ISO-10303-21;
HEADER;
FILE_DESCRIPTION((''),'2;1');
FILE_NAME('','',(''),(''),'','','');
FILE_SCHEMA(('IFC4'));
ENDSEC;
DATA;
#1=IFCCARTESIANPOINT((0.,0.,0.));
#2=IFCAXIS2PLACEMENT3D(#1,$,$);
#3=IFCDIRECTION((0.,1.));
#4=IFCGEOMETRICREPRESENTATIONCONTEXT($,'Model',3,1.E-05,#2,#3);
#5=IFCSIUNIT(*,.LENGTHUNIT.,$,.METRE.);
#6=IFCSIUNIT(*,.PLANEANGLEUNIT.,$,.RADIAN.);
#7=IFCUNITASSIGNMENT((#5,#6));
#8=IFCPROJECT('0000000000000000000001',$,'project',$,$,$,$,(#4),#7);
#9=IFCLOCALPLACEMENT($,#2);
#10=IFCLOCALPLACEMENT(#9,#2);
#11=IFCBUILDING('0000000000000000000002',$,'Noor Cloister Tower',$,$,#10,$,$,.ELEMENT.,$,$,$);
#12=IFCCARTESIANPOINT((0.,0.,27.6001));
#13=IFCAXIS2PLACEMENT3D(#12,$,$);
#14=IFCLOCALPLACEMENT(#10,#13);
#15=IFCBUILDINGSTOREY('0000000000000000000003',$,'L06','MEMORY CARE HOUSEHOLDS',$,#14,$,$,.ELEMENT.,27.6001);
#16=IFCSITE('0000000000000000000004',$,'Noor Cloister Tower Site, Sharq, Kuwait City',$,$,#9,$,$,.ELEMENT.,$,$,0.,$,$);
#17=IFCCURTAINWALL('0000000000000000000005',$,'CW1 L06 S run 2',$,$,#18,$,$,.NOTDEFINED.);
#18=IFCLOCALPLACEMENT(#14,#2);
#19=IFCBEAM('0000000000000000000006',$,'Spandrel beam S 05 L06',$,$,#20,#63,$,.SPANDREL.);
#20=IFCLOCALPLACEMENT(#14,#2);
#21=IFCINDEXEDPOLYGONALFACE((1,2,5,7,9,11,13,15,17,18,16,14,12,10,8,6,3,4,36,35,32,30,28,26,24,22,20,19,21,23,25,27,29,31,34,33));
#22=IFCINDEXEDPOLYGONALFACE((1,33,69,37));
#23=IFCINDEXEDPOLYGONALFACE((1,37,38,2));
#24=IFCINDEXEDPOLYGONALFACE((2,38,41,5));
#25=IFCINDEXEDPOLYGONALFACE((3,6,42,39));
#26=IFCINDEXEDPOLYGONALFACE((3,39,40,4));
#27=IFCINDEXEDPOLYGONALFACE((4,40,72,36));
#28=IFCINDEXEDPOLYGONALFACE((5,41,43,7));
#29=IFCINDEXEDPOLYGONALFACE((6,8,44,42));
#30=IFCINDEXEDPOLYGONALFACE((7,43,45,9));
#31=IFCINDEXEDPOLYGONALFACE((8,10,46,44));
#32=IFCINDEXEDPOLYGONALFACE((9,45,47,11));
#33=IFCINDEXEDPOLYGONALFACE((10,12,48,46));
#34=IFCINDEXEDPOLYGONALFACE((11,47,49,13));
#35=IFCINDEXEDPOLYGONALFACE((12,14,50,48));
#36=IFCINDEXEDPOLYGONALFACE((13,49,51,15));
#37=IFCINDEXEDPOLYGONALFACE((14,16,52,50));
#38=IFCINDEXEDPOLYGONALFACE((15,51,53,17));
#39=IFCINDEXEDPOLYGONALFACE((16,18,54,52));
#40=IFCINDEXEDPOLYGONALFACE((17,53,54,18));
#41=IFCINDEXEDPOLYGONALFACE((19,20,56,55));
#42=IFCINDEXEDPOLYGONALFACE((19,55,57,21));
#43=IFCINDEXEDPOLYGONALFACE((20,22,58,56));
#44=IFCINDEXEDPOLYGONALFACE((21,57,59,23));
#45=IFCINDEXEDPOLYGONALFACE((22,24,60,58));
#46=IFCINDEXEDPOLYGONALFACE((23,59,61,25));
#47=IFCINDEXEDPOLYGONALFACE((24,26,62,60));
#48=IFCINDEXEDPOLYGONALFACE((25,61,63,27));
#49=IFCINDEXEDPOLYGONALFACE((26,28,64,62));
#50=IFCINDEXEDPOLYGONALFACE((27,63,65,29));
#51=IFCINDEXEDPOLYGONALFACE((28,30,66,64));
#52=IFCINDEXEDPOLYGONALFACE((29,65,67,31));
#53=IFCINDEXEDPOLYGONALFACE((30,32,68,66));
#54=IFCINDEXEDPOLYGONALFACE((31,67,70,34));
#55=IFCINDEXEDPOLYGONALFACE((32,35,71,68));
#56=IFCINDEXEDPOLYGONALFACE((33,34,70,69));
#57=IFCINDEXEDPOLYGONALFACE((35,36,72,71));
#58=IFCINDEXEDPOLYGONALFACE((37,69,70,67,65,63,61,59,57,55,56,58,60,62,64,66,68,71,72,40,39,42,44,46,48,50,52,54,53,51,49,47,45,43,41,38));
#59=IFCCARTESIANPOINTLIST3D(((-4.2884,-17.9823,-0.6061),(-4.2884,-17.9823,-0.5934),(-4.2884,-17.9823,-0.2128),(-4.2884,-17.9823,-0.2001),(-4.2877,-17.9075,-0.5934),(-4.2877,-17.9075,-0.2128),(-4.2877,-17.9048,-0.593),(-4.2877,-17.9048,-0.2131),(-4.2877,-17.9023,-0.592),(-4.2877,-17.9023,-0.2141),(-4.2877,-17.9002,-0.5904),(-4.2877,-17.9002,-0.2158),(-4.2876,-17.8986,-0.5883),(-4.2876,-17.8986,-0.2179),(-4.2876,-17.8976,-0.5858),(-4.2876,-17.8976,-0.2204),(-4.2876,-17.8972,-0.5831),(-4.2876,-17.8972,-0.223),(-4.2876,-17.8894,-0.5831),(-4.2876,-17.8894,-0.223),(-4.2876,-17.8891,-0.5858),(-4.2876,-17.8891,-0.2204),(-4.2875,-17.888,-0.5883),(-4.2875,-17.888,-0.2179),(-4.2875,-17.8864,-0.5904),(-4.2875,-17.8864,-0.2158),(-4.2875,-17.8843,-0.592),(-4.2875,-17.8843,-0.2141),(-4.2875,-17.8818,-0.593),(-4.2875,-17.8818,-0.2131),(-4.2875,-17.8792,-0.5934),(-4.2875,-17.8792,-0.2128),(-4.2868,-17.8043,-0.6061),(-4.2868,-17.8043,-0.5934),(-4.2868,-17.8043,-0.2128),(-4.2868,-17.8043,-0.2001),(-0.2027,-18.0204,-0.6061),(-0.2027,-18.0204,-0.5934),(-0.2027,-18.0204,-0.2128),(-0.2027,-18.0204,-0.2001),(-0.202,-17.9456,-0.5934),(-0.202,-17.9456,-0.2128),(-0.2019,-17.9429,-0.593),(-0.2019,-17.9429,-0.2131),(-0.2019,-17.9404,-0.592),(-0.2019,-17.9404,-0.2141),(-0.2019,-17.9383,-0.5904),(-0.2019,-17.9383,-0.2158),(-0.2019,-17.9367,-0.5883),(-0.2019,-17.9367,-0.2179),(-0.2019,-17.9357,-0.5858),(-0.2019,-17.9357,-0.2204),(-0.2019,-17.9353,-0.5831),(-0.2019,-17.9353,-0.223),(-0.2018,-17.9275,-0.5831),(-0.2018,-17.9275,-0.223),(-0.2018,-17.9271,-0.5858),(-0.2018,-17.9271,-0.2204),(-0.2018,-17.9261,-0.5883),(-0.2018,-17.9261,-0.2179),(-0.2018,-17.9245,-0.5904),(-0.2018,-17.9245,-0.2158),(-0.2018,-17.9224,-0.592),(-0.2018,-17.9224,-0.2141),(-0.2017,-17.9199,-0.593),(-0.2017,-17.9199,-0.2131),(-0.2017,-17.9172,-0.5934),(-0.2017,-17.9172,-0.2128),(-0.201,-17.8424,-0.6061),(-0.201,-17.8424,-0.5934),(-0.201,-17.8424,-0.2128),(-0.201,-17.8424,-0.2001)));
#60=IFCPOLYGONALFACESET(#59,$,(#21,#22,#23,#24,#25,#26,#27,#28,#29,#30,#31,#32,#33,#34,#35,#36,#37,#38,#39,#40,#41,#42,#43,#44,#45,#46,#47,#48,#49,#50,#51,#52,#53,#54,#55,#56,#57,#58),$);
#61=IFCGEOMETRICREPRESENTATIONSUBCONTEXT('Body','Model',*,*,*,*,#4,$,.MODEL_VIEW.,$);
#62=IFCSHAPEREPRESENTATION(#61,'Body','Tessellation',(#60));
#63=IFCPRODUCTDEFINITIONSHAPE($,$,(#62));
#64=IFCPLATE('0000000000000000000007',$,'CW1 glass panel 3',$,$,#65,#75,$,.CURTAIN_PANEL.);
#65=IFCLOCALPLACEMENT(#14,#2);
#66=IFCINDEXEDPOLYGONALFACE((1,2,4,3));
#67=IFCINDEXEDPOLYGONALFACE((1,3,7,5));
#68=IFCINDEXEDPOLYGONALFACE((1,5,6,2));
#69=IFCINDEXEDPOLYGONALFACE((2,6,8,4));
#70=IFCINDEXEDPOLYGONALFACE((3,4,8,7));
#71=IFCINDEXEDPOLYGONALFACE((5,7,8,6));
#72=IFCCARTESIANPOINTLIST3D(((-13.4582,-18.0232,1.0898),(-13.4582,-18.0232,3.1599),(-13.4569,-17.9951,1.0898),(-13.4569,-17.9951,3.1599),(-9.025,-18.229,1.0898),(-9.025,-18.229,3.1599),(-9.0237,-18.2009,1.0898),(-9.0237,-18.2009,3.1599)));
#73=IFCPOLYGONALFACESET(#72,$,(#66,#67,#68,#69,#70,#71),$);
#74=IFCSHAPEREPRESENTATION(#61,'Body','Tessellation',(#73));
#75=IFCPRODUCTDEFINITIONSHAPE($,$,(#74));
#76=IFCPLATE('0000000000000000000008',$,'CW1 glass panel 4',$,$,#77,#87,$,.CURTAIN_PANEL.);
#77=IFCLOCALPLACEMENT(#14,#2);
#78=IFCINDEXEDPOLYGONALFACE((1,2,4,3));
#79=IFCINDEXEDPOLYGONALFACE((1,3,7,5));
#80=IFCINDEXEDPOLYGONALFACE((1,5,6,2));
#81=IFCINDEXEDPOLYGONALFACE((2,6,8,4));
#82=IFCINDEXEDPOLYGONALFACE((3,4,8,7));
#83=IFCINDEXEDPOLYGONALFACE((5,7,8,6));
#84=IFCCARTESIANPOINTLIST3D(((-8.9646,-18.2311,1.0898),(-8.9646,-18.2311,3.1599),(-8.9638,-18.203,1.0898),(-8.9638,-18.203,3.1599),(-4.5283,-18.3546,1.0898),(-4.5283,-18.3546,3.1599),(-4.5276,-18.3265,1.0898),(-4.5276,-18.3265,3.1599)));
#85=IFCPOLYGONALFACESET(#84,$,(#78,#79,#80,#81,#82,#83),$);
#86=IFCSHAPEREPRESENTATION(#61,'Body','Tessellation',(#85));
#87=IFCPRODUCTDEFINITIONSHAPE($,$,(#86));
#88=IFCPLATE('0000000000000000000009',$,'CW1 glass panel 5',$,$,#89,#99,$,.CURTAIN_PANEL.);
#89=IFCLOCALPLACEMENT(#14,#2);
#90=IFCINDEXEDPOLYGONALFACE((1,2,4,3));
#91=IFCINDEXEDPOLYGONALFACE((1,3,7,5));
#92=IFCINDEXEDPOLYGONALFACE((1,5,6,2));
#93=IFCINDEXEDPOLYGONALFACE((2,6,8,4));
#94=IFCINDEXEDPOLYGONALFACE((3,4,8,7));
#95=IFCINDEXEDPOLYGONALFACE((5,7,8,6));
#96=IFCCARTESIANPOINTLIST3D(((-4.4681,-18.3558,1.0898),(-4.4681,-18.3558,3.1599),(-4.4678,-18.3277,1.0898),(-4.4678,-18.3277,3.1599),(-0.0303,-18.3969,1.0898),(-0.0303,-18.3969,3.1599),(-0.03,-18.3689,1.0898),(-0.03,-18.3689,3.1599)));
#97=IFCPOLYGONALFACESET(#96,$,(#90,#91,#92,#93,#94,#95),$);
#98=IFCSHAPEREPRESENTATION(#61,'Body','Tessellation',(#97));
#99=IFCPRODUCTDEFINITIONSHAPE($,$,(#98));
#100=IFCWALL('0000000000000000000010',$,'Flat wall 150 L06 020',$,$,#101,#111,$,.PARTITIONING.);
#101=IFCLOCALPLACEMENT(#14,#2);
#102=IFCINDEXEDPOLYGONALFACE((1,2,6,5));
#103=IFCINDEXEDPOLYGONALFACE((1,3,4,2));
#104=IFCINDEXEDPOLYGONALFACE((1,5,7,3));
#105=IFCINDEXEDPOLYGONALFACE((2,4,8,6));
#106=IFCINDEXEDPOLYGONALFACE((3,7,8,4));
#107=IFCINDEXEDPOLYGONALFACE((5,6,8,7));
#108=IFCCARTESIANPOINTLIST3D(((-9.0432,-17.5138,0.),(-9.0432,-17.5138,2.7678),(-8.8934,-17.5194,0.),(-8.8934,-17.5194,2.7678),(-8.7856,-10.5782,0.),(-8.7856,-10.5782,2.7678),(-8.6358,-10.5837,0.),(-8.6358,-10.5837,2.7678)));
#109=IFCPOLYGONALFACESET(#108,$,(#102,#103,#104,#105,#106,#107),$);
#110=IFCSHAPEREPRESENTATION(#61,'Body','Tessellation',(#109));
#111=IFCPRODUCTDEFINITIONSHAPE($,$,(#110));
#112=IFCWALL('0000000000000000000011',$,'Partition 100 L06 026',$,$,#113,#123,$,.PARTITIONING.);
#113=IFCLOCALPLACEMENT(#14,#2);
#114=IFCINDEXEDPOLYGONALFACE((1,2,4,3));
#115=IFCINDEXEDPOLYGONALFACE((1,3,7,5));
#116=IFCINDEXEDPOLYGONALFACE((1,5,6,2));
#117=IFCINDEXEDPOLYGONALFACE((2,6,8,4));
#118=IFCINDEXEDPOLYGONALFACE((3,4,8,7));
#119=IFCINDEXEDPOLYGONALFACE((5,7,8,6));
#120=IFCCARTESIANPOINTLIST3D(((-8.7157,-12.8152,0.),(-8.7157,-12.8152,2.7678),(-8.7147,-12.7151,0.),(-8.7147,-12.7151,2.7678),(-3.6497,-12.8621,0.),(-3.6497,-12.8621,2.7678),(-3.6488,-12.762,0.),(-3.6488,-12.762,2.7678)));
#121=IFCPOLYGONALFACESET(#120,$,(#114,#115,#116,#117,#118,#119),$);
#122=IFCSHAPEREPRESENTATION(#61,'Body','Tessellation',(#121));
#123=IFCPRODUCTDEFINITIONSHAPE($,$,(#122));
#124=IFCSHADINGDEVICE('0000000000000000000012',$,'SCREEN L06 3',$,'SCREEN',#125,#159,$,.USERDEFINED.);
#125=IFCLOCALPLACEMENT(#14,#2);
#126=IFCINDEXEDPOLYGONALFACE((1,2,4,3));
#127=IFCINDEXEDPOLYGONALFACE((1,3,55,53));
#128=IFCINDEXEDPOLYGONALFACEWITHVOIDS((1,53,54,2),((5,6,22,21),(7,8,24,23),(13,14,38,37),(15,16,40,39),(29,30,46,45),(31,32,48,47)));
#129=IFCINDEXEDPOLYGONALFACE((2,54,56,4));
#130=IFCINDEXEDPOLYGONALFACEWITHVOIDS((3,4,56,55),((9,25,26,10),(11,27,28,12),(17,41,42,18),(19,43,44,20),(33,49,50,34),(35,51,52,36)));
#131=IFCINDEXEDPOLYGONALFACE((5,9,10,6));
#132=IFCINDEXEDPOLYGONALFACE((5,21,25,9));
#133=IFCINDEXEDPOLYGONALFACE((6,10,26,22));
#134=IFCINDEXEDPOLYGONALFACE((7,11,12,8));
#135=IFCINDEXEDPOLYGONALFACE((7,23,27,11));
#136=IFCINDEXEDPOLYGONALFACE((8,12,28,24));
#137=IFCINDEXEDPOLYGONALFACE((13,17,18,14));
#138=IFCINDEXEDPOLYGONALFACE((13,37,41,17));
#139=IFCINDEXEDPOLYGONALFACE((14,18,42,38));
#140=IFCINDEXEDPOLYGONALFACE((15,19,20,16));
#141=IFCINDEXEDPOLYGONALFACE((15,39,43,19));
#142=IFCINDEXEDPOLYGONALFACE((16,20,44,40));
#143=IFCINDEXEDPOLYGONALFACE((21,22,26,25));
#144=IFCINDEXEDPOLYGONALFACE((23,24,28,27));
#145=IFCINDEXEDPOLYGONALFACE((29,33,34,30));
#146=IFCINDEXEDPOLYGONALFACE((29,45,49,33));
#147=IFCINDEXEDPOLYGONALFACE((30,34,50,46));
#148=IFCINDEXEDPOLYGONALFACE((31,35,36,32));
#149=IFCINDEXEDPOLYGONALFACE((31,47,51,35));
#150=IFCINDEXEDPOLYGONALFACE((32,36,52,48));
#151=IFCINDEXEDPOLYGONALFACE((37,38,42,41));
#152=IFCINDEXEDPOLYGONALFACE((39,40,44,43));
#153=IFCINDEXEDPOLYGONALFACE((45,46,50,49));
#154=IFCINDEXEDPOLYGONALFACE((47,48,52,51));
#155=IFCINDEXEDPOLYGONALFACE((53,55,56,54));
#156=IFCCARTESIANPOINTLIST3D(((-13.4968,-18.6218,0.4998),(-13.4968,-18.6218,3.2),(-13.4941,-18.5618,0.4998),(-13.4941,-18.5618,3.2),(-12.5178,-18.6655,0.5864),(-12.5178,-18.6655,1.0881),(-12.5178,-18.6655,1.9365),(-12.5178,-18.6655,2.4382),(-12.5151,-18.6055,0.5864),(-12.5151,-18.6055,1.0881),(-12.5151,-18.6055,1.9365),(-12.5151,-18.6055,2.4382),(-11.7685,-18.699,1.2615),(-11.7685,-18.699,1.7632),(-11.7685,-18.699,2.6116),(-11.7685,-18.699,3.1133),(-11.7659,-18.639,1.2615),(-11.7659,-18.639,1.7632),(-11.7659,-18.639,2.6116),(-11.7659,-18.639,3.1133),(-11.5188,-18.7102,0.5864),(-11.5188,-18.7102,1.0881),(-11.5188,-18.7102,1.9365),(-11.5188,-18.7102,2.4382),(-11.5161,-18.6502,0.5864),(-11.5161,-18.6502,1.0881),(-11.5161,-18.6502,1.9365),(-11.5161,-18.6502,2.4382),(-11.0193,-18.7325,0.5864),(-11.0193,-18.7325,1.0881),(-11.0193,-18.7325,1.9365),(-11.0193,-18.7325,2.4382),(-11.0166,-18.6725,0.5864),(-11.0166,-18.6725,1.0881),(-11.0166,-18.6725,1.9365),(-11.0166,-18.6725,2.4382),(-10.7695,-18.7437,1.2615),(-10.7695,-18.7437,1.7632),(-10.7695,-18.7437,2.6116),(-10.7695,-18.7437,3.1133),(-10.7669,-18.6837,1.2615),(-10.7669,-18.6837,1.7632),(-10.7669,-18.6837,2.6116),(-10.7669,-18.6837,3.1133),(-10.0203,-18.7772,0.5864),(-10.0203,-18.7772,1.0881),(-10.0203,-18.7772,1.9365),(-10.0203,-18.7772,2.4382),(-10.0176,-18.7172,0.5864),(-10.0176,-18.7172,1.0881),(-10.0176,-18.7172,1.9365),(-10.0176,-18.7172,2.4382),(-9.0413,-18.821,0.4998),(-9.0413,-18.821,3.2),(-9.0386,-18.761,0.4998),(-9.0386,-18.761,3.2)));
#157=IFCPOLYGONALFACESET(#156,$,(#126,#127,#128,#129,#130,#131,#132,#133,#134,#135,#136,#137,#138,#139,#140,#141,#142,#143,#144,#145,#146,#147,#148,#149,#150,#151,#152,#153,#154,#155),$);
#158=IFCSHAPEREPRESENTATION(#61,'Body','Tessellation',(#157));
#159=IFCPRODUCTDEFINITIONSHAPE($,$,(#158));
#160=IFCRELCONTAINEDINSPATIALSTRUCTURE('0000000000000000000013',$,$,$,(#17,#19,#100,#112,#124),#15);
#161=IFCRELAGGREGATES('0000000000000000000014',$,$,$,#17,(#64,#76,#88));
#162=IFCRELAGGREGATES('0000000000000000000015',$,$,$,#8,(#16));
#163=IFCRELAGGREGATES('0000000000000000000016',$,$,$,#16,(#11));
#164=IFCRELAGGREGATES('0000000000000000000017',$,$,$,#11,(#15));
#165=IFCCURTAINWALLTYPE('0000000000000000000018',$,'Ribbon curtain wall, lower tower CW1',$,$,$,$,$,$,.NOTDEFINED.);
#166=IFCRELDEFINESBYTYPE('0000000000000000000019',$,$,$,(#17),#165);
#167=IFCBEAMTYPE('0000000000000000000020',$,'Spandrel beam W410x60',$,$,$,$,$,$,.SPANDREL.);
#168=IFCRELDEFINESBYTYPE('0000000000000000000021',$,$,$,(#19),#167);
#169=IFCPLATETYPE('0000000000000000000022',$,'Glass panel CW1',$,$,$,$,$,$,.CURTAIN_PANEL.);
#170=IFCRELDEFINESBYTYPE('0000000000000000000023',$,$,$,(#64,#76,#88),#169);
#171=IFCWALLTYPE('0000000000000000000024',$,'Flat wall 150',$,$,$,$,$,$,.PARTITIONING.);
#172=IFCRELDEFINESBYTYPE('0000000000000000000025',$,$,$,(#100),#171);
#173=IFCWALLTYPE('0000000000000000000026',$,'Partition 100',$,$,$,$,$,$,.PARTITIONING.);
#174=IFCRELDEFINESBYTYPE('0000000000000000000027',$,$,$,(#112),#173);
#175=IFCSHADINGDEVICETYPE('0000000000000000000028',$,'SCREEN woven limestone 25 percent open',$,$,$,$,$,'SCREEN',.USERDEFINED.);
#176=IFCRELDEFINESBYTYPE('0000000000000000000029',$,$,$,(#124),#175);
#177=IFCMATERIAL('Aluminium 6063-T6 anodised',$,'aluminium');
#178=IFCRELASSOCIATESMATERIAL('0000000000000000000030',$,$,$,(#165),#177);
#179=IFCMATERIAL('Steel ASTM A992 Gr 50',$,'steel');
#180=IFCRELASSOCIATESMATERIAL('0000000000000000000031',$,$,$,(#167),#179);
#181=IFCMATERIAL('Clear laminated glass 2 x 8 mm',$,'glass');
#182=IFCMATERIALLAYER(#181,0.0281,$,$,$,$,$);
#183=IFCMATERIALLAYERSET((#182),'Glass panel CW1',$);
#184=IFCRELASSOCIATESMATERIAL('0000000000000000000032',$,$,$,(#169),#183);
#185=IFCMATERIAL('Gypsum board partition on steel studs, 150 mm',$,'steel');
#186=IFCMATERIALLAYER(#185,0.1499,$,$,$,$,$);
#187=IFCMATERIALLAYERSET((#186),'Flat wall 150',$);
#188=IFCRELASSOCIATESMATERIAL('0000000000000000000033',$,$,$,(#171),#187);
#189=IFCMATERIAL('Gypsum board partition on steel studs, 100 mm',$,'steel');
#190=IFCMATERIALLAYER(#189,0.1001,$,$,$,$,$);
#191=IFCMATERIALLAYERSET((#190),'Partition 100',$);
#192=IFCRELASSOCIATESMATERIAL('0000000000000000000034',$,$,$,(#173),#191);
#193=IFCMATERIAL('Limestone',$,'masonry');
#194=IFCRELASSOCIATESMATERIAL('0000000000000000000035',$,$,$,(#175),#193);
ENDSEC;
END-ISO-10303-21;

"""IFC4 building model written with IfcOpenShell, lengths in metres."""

from ifc_helpers import new_model, si_unit, direction, frame, frame_2d, origin, origin_2d, place, context, subcontext, project, spatial, polyline, rectangle, i_section, outline, extrude, material, layer, layer_set, material_profile, profile_set, type_object, element, aggregate, save


model = new_model("IFC4")

# Units and contexts
model_context = context("Model", 3, precision=1e-05, world=origin(), true_north=direction((0.0, 1.0)))
body_context = subcontext(model_context, "Body", "Model", "MODEL_VIEW")
ifc_project = project(units=[si_unit("LENGTHUNIT", "METRE"), si_unit("PLANEANGLEUNIT", "RADIAN")], contexts=[model_context])

# Site, building, storey
site_placement = place(None, origin())
site = spatial("IfcSite", under=ifc_project, at=site_placement, Name="Noor Cloister Tower Site, Sharq, Kuwait City", CompositionType="ELEMENT", RefElevation=0.0)
building_placement = place(site_placement, origin())
building = spatial("IfcBuilding", under=site, at=building_placement, Name="Noor Cloister Tower", CompositionType="ELEMENT")
storey_placement = place(building_placement, frame((0.0, 0.0, 27.6001)))
storey = spatial("IfcBuildingStorey", under=building, at=storey_placement, Name="L06", Description="MEMORY CARE HOUSEHOLDS", CompositionType="ELEMENT", Elevation=27.6001)

# Curtain wall
ifc_material_1 = material(Name="Aluminium 6063-T6 anodised", Category="aluminium")
curtain_wall_type = type_object("IfcCurtainWallType", Name="Ribbon curtain wall, lower tower CW1", PredefinedType="NOTDEFINED", material=ifc_material_1)
curtain_wall_placement = place(storey_placement, origin())
curtain_wall = element("IfcCurtainWall", 1, at=curtain_wall_placement, inside=storey, type_object=curtain_wall_type, Name="CW1 L06 S run 2", PredefinedType="NOTDEFINED")

# Beam
ifc_material_2 = material(Name="Steel ASTM A992 Gr 50", Category="steel")
ifc_material_profile_1 = material_profile(ifc_material_2, i_section(OverallWidth=0.178, OverallDepth=0.406, WebThickness=0.0078, FlangeThickness=0.0127, FilletRadius=0.0103, at=origin_2d()), Name="W410x60")
ifc_profile_set_1 = profile_set([ifc_material_profile_1], Name="Steel ASTM A992 Gr 50")
beam_type_1 = type_object("IfcBeamType", Name="Spandrel beam W410x60", PredefinedType="SPANDREL", material=ifc_profile_set_1)
beam_1_placement = place(storey_placement, frame((-4.2876, -17.8933, -0.4031), z_axis=(0.999957, -0.009321, 0.0), x_axis=(0.009321, 0.999957, 0.0)))
element("IfcBeam", 2, at=beam_1_placement, inside=storey, type_object=beam_type_1, Name="Spandrel beam S 05 L06", PredefinedType="SPANDREL", context=body_context, shape_type="SweptSolid", body=[
    extrude(i_section(OverallWidth=0.178, OverallDepth=0.406, WebThickness=0.0078, FlangeThickness=0.0127, FilletRadius=0.0103, at=origin_2d()), origin(), (0.0, 0.0, 1.0), 4.0859),
])

# Plates
ifc_material_3 = material(Name="Clear laminated glass 2 x 8 mm", Category="glass")
ifc_layer_1 = layer(ifc_material_3, 0.0281)
ifc_layer_set_1 = layer_set([ifc_layer_1], Name="Glass panel CW1")
plate_type = type_object("IfcPlateType", Name="Glass panel CW1", PredefinedType="CURTAIN_PANEL", material=ifc_layer_set_1)
plate_1_placement = place(storey_placement, frame((-11.241, -18.1121, 1.0898), z_axis=(0.0, 0.0, 1.0), x_axis=(0.998924, -0.046368, 0.0)))
plate_1 = element("IfcPlate", 3, at=plate_1_placement, type_object=plate_type, Name="CW1 glass panel 3", PredefinedType="CURTAIN_PANEL", context=body_context, shape_type="SweptSolid", body=[
    extrude(rectangle(XDim=4.438, YDim=0.0281, at=origin_2d()), origin(), (0.0, 0.0, 1.0), 2.0701),
])
plate_2_placement = place(storey_placement, frame((-6.7461, -18.2788, 1.0898), z_axis=(0.0, 0.0, 1.0), x_axis=(0.999613, -0.027827, 0.0)))
plate_2 = element("IfcPlate", 4, at=plate_2_placement, type_object=plate_type, Name="CW1 glass panel 4", PredefinedType="CURTAIN_PANEL", context=body_context, shape_type="SweptSolid", body=[
    extrude(rectangle(XDim=4.438, YDim=0.0281, at=origin_2d()), origin(), (0.0, 0.0, 1.0), 2.0701),
])
plate_3_placement = place(storey_placement, frame((-2.249, -18.3623, 1.0898), z_axis=(0.0, 0.0, 1.0), x_axis=(0.999957, -0.009277, 0.0)))
plate_3 = element("IfcPlate", 5, at=plate_3_placement, type_object=plate_type, Name="CW1 glass panel 5", PredefinedType="CURTAIN_PANEL", context=body_context, shape_type="SweptSolid", body=[
    extrude(rectangle(XDim=4.438, YDim=0.0281, at=origin_2d()), origin(), (0.0, 0.0, 1.0), 2.0701),
])
aggregate(curtain_wall, [plate_1, plate_2, plate_3])

# Walls
ifc_material_4 = material(Name="Gypsum board partition on steel studs, 150 mm", Category="steel")
ifc_layer_2 = layer(ifc_material_4, 0.1499)
ifc_layer_set_2 = layer_set([ifc_layer_2], Name="Flat wall 150")
wall_type_1 = type_object("IfcWallType", Name="Flat wall 150", PredefinedType="PARTITIONING", material=ifc_layer_set_2)
wall_1_placement = place(storey_placement, frame((-8.9683, -17.5166, 0.0), z_axis=(0.0, 0.0, 1.0), x_axis=(0.037112, 0.999311, 0.0)))
element("IfcWall", 6, at=wall_1_placement, inside=storey, type_object=wall_type_1, Name="Flat wall 150 L06 020", PredefinedType="PARTITIONING", context=body_context, shape_type="SweptSolid", body=[
    extrude(rectangle(XDim=6.9404, YDim=0.1499, at=frame_2d((3.4702, 0.0))), origin(), (0.0, 0.0, 1.0), 2.7678),
])
ifc_material_5 = material(Name="Gypsum board partition on steel studs, 100 mm", Category="steel")
ifc_layer_3 = layer(ifc_material_5, 0.1001)
ifc_layer_set_3 = layer_set([ifc_layer_3], Name="Partition 100")
wall_type_2 = type_object("IfcWallType", Name="Partition 100", PredefinedType="PARTITIONING", material=ifc_layer_set_3)
wall_2_placement = place(storey_placement, frame((-8.7153, -12.7651, 0.0), z_axis=(0.0, 0.0, 1.0), x_axis=(0.999957, -0.009253, 0.0)))
element("IfcWall", 7, at=wall_2_placement, inside=storey, type_object=wall_type_2, Name="Partition 100 L06 026", PredefinedType="PARTITIONING", context=body_context, shape_type="SweptSolid", body=[
    extrude(rectangle(XDim=5.0662, YDim=0.1001, at=frame_2d((2.5332, 0.0))), origin(), (0.0, 0.0, 1.0), 2.7678),
])

# Shading device
ifc_material_6 = material(Name="Limestone", Category="masonry")
ifc_material_profile_2 = material_profile(ifc_material_6, outline(polyline([(-2.23, -1.3501), (2.23, -1.3501), (2.23, 1.3501), (-2.23, 1.3501), (-2.23, -1.3501)]), holes=[polyline([(-1.25, -1.2634), (-0.25, -1.2634), (-0.25, -0.7617), (-1.25, -0.7617), (-1.25, -1.2634)]), polyline([(0.25, -1.2634), (1.25, -1.2634), (1.25, -0.7617), (0.25, -0.7617), (0.25, -1.2634)]), polyline([(-0.5, -0.5884), (0.5, -0.5884), (0.5, -0.0867), (-0.5, -0.0867), (-0.5, -0.5884)]), polyline([(-1.25, 0.0867), (-0.25, 0.0867), (-0.25, 0.5884), (-1.25, 0.5884), (-1.25, 0.0867)]), polyline([(0.25, 0.0867), (1.25, 0.0867), (1.25, 0.5884), (0.25, 0.5884), (0.25, 0.0867)]), polyline([(-0.5, 0.7617), (0.5, 0.7617), (0.5, 1.2634), (-0.5, 1.2634), (-0.5, 0.7617)])]), Name="Woven screen 25 percent open")
ifc_profile_set_2 = profile_set([ifc_material_profile_2], Name="Limestone")
shading_device_type = type_object("IfcShadingDeviceType", Name="SCREEN woven limestone 25 percent open", ElementType="SCREEN", PredefinedType="USERDEFINED", material=ifc_profile_set_2)
for number, where, z_axis, x_axis, name in (
    (8, (-11.2664, -18.6614, 1.8499), (-0.044671, -0.999002, 0.0), (0.999002, -0.044671, 0.0), "SCREEN L06 3"),
):
    element("IfcShadingDevice", number, at=place(storey_placement, frame(where, z_axis=z_axis, x_axis=x_axis)), inside=storey, type_object=shading_device_type, Name=name, ObjectType="SCREEN", PredefinedType="USERDEFINED", context=body_context, shape_type="SweptSolid", body=[
        extrude(outline(polyline([(-2.23, -1.3501), (2.23, -1.3501), (2.23, 1.3501), (-2.23, 1.3501), (-2.23, -1.3501)]), holes=[polyline([(-1.25, -1.2634), (-0.25, -1.2634), (-0.25, -0.7617), (-1.25, -0.7617), (-1.25, -1.2634)]), polyline([(0.25, -1.2634), (1.25, -1.2634), (1.25, -0.7617), (0.25, -0.7617), (0.25, -1.2634)]), polyline([(-0.5, -0.5884), (0.5, -0.5884), (0.5, -0.0867), (-0.5, -0.0867), (-0.5, -0.5884)]), polyline([(-1.25, 0.0867), (-0.25, 0.0867), (-0.25, 0.5884), (-1.25, 0.5884), (-1.25, 0.0867)]), polyline([(0.25, 0.0867), (1.25, 0.0867), (1.25, 0.5884), (0.25, 0.5884), (0.25, 0.0867)]), polyline([(-0.5, 0.7617), (0.5, 0.7617), (0.5, 1.2634), (-0.5, 1.2634), (-0.5, 0.7617)])]), origin(), (0.0, 0.0, 1.0), 0.0601),
    ])

save(model, "model.ifc")
